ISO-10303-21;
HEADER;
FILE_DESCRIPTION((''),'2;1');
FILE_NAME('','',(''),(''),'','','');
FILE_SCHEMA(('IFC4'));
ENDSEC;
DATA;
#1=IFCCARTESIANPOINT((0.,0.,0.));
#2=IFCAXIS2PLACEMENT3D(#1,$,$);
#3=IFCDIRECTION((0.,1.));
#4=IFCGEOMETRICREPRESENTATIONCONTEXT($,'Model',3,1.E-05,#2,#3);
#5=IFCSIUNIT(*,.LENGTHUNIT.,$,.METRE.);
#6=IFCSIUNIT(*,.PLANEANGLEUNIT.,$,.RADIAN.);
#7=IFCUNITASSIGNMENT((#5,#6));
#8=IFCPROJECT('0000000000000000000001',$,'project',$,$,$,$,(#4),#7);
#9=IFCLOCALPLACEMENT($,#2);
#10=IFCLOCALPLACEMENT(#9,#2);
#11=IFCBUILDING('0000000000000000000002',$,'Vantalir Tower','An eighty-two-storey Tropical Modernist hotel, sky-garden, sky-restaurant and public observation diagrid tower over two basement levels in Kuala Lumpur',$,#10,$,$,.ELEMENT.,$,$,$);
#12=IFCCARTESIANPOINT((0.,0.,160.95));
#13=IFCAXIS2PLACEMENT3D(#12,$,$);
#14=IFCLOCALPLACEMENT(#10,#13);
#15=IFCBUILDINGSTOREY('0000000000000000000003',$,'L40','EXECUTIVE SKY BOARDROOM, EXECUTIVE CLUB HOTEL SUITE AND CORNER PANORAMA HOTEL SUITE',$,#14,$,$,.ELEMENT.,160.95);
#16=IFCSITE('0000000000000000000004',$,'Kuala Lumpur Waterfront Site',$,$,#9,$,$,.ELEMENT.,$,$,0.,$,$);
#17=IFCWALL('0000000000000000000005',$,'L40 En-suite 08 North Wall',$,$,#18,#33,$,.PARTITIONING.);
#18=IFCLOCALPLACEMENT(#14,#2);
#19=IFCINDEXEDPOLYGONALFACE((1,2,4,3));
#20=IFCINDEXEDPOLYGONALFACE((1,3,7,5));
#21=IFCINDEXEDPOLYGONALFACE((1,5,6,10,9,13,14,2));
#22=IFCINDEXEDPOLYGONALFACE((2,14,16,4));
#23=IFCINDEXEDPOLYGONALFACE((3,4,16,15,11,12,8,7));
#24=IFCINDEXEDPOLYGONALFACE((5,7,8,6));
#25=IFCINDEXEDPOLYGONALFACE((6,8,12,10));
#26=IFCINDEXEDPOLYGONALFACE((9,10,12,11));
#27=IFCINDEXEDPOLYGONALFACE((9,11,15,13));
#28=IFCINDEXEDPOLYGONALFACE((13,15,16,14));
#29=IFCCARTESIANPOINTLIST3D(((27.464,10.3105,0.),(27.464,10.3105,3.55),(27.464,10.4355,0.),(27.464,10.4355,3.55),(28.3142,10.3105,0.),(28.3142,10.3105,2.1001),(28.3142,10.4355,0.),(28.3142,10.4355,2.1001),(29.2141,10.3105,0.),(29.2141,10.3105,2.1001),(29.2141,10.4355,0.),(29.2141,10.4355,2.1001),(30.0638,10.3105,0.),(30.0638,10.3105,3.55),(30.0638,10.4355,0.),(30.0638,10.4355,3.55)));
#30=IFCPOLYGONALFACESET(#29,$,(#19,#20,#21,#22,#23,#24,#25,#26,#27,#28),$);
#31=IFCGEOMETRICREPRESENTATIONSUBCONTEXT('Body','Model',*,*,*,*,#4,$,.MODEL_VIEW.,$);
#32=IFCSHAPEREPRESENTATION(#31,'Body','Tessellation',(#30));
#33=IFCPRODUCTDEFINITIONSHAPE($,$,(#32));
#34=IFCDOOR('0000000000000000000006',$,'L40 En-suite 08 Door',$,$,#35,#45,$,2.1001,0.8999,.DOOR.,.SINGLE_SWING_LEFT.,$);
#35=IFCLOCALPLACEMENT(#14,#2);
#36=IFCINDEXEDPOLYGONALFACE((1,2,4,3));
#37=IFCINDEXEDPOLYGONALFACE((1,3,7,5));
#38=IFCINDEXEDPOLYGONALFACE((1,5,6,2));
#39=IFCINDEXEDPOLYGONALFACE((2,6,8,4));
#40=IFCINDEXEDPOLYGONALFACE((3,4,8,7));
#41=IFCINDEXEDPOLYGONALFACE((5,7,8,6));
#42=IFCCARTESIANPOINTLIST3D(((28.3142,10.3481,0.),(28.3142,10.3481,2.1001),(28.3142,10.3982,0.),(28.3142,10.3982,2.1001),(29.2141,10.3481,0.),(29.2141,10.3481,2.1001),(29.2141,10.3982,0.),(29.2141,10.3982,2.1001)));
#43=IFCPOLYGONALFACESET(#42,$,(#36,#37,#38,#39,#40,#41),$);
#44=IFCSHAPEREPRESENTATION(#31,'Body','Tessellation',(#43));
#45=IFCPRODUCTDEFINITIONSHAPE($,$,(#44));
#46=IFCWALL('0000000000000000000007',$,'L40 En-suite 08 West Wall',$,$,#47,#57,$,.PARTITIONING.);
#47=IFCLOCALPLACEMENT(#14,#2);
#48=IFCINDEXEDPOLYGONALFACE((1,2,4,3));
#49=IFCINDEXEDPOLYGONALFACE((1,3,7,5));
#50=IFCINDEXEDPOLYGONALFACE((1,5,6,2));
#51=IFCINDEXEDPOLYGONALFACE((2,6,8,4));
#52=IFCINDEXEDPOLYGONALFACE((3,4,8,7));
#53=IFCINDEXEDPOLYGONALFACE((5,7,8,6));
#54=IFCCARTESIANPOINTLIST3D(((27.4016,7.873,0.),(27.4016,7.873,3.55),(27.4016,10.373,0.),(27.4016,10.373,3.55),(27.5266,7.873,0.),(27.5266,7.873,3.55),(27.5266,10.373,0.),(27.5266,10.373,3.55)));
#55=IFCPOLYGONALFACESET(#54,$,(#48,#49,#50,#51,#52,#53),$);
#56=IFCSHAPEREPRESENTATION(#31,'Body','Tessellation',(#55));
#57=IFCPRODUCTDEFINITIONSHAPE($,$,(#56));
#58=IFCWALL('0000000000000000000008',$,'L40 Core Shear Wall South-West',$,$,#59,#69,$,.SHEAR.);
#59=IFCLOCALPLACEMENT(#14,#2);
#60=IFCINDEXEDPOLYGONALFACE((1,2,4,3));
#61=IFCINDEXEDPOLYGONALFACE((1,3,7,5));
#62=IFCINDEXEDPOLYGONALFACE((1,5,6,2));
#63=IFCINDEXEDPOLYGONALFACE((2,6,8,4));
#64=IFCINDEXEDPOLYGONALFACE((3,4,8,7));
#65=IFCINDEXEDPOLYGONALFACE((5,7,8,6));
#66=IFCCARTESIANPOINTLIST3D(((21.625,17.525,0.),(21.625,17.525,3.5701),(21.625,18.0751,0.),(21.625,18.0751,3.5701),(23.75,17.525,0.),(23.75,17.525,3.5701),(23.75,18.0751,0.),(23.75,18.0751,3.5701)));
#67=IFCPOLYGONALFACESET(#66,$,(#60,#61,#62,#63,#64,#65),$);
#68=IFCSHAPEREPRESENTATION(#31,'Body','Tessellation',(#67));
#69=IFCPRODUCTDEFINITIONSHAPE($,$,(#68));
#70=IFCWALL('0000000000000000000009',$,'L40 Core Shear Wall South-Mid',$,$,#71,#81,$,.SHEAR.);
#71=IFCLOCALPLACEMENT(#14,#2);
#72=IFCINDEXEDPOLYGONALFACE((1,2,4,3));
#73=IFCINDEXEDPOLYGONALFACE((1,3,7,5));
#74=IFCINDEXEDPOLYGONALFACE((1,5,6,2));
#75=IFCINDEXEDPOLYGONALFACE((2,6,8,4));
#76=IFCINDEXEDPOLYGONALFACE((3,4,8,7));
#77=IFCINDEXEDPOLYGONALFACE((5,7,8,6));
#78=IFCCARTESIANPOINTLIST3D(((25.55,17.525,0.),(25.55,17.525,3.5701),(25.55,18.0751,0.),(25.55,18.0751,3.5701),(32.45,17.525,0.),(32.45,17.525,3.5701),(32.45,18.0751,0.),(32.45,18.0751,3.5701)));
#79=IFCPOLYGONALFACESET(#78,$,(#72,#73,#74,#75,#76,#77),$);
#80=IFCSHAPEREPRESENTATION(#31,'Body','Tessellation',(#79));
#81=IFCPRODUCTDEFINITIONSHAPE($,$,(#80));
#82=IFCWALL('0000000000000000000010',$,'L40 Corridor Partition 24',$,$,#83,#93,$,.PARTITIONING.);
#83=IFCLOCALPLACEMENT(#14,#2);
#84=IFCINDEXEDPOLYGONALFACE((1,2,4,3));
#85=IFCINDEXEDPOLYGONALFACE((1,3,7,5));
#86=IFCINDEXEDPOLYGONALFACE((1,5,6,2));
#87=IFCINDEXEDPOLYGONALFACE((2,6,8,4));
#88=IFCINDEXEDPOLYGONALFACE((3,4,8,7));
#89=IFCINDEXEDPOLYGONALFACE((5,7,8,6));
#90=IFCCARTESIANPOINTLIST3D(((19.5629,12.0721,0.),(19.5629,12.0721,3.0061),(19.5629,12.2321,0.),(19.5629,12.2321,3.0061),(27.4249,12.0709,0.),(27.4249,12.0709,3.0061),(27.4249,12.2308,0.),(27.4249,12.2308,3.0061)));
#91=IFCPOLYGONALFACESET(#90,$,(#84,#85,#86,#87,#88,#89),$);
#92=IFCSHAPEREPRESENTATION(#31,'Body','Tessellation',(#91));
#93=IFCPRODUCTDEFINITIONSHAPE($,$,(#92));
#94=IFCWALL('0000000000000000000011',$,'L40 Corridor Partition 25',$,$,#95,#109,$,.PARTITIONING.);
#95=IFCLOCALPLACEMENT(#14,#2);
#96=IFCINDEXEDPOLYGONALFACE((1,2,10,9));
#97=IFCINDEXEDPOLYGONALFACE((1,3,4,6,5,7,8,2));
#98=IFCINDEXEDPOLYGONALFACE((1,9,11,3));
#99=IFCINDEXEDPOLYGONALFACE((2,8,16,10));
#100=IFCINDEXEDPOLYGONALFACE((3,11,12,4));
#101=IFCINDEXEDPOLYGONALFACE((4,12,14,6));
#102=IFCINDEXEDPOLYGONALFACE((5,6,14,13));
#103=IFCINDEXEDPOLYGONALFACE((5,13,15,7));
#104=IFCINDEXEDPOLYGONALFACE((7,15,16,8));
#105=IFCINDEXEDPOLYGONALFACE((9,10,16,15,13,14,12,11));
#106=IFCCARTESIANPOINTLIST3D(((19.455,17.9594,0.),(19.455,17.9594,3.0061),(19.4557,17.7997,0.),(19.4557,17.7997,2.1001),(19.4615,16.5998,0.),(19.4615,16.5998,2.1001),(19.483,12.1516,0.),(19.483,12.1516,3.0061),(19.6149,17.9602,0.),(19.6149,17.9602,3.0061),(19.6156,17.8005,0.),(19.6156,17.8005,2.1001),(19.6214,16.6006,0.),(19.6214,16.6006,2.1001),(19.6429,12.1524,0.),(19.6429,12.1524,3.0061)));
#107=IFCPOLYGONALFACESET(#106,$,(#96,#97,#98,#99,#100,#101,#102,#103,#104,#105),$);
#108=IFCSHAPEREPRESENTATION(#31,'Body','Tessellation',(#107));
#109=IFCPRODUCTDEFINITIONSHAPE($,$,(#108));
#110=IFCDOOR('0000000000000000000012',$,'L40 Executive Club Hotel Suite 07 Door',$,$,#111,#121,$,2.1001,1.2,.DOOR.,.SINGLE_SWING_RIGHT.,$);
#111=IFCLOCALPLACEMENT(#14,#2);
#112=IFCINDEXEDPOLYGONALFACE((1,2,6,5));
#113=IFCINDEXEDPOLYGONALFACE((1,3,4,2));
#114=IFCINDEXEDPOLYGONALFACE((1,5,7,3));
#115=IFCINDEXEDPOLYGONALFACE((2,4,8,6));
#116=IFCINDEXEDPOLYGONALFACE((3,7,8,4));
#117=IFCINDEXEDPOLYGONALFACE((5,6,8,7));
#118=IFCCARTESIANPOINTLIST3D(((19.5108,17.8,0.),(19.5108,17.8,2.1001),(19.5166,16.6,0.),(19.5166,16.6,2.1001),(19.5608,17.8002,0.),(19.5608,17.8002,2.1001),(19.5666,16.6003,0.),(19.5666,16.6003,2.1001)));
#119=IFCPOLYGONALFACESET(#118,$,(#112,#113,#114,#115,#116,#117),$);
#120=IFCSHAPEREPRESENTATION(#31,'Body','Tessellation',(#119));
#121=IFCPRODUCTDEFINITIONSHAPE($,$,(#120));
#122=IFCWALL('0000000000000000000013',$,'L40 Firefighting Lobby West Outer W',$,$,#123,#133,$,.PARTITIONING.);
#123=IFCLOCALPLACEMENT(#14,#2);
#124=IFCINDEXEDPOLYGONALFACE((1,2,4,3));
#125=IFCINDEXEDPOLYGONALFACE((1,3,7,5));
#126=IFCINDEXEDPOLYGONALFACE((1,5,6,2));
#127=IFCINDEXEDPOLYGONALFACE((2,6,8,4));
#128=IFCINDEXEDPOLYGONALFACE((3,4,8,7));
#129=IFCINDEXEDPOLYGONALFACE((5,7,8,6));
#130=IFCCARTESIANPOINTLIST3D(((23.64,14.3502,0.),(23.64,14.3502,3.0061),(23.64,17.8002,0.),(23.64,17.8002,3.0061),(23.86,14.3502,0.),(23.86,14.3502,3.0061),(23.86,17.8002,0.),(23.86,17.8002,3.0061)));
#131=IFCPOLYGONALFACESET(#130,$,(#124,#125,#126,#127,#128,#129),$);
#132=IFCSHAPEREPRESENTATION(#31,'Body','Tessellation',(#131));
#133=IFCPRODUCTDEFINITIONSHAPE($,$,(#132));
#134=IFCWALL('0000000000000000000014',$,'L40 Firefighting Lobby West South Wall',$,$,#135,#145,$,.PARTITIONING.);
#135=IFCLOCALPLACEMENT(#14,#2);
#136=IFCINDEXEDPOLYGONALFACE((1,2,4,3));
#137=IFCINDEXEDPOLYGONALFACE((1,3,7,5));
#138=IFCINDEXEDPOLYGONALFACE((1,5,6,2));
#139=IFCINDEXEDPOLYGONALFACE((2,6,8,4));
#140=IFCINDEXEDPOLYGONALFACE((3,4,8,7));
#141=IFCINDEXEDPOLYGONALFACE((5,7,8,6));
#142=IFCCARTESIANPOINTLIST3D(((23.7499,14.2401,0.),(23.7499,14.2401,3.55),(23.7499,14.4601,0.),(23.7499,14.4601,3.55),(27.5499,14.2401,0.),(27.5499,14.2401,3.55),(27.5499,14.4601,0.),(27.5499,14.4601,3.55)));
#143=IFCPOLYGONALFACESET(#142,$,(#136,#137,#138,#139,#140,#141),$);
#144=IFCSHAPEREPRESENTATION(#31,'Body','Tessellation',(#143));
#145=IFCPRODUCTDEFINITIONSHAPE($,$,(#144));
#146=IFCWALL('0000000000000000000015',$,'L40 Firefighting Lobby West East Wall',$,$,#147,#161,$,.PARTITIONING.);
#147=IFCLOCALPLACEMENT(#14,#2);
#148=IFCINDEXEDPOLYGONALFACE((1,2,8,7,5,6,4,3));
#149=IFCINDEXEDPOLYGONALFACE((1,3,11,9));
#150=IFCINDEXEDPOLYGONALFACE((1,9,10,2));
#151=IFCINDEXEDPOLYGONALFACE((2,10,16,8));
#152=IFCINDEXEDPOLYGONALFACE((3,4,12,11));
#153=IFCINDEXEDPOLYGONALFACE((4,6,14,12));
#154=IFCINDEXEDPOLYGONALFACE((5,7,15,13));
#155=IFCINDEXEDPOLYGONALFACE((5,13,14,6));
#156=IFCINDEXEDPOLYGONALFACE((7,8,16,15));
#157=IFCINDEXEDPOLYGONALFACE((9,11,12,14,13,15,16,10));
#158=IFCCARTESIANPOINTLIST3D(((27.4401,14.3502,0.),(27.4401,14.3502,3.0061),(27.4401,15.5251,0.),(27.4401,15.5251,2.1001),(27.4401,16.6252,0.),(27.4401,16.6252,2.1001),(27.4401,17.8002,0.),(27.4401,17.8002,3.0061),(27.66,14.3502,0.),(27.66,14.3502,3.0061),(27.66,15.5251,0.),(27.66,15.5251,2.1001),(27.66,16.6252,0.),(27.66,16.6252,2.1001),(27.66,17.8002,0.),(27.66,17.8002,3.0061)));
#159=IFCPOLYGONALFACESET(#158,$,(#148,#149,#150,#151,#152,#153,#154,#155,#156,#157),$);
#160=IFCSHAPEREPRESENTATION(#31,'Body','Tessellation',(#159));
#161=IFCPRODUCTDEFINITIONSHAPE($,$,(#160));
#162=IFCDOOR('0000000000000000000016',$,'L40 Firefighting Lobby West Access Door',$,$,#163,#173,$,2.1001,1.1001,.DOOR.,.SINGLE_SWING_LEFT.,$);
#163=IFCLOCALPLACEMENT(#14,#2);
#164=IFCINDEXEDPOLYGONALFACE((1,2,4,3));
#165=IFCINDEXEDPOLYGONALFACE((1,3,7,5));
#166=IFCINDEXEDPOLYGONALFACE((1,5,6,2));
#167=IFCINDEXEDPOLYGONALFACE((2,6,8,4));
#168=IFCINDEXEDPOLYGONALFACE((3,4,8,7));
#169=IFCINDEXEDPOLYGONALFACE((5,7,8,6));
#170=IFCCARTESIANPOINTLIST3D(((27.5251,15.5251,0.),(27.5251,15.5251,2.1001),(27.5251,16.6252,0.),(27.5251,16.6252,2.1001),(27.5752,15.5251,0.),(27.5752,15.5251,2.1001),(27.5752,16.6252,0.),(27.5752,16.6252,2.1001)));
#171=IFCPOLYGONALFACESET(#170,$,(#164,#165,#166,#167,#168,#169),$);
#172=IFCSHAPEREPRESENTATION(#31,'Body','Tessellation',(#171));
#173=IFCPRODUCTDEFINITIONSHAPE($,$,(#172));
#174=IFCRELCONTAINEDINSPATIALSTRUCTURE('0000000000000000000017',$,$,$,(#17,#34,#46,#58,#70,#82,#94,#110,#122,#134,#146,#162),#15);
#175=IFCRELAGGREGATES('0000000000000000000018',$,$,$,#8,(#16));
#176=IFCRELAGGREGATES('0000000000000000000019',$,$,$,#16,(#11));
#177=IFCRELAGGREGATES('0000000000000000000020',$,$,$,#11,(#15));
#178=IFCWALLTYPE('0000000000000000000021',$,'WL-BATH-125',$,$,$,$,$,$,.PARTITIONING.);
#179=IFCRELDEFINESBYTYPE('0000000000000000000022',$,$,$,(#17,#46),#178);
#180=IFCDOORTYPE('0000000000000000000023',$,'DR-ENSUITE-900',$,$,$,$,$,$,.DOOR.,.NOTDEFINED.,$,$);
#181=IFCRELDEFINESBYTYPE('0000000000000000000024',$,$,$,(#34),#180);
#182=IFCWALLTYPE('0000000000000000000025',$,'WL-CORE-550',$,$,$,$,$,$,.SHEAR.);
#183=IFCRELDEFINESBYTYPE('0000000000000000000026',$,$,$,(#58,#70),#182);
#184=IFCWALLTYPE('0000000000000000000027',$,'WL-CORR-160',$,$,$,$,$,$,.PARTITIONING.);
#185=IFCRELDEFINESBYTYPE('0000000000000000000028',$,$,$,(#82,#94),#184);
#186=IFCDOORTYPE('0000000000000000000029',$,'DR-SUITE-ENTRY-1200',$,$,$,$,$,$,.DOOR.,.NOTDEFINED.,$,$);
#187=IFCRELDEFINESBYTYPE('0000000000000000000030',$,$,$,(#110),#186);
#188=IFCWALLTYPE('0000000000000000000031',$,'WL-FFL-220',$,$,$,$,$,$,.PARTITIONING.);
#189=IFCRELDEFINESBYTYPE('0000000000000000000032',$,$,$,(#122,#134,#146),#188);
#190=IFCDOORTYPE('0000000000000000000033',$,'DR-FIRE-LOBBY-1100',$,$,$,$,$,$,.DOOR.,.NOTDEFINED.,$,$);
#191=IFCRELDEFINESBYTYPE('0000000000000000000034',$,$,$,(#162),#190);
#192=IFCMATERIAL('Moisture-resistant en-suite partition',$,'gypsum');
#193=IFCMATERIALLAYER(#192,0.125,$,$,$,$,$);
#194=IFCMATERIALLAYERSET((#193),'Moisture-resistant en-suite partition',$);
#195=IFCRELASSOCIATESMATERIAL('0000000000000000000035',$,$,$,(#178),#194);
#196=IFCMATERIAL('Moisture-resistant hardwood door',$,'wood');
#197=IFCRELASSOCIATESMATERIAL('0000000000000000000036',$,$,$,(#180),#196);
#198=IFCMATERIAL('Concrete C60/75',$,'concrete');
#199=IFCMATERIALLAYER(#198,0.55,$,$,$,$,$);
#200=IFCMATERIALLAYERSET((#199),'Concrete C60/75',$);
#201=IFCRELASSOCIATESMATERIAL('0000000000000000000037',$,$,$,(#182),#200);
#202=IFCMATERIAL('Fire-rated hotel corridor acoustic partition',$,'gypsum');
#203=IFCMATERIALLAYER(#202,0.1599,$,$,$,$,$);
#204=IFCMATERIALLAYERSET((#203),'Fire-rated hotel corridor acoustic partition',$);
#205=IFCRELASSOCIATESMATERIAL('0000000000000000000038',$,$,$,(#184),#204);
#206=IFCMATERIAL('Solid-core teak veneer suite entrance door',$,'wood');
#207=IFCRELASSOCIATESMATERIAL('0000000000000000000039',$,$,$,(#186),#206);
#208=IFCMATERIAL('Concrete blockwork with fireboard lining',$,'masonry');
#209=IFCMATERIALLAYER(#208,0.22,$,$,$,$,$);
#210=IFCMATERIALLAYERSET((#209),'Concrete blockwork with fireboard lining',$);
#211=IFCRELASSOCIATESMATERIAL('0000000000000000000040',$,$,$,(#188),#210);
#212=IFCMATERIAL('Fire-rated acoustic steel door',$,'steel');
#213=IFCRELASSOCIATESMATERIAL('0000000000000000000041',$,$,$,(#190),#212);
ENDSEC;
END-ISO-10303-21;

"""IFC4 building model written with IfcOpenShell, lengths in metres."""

from ifc_helpers import new_model, si_unit, direction, frame, frame_2d, origin, place, context, subcontext, project, spatial, rectangle, extrude, material, layer, layer_set, type_object, element, fill, save


model = new_model("IFC4")

# Units and contexts
model_context = context("Model", 3, precision=1e-05, world=origin(), true_north=direction((0.0, 1.0)))
body_context = subcontext(model_context, "Body", "Model", "MODEL_VIEW")
ifc_project = project(units=[si_unit("LENGTHUNIT", "METRE"), si_unit("PLANEANGLEUNIT", "RADIAN")], contexts=[model_context])

# Site, building, storey
site_placement = place(None, origin())
site = spatial("IfcSite", under=ifc_project, at=site_placement, Name="Kuala Lumpur Waterfront Site", CompositionType="ELEMENT", RefElevation=0.0)
building_placement = place(site_placement, origin())
building = spatial("IfcBuilding", under=site, at=building_placement, Name="Vantalir Tower", Description="An eighty-two-storey Tropical Modernist hotel, sky-garden, sky-restaurant and public observation diagrid tower over two basement levels in Kuala Lumpur", CompositionType="ELEMENT")
storey_placement = place(building_placement, frame((0.0, 0.0, 160.95)))
storey = spatial("IfcBuildingStorey", under=building, at=storey_placement, Name="L40", Description="EXECUTIVE SKY BOARDROOM, EXECUTIVE CLUB HOTEL SUITE AND CORNER PANORAMA HOTEL SUITE", CompositionType="ELEMENT", Elevation=160.95)

# Shared definitions
ifc_material_1 = material(Name="Concrete C60/75", Category="concrete")

# Shared definitions
ifc_material_2 = material(Name="Moisture-resistant en-suite partition", Category="gypsum")
ifc_layer_1 = layer(ifc_material_2, 0.125)
ifc_layer_set_1 = layer_set([ifc_layer_1], Name="Moisture-resistant en-suite partition")
wall_type_1 = type_object("IfcWallType", Name="WL-BATH-125", PredefinedType="PARTITIONING", material=ifc_layer_set_1)

# Wall, opening, door
wall_1_placement = place(storey_placement, frame((27.4641, 10.373, 0.0), z_axis=(0.0, 0.0, 1.0), x_axis=(1.0, 0.0, 0.0)))
wall_1 = element("IfcWall", 1, at=wall_1_placement, inside=storey, type_object=wall_type_1, Name="L40 En-suite 08 North Wall", PredefinedType="PARTITIONING", context=body_context, shape_type="SweptSolid", body=[
    extrude(rectangle(XDim=2.5999, YDim=0.125, at=frame_2d((1.2998, 0.0))), origin(), (0.0, 0.0, 1.0), 3.55),
])
opening_1_placement = place(wall_1_placement, frame((0.8501, 0.0, 0.0)))
opening_1 = element("IfcOpeningElement", 2, at=opening_1_placement, cuts=wall_1, PredefinedType="OPENING", context=body_context, shape_type="SweptSolid", body=[
    extrude(rectangle(XDim=0.8999, YDim=2.1001, at=frame_2d((0.45, 1.05))), frame((0.0, 0.0725, 0.0), z_axis=(0.0, -1.0, 0.0), x_axis=(1.0, 0.0, 0.0)), (0.0, 0.0, 1.0), 0.145),
])
ifc_material_3 = material(Name="Moisture-resistant hardwood door", Category="wood")
door_type_1 = type_object("IfcDoorType", Name="DR-ENSUITE-900", OperationType="NOTDEFINED", PredefinedType="DOOR", material=ifc_material_3)
door_1_placement = place(opening_1_placement, frame((0.8999, 0.0, 0.0), z_axis=(0.0, 0.0, 1.0), x_axis=(-1.0, 0.0, 0.0)))
door_1 = element("IfcDoor", 3, at=door_1_placement, inside=storey, type_object=door_type_1, Name="L40 En-suite 08 Door", OperationType="SINGLE_SWING_LEFT", OverallHeight=2.1001, OverallWidth=0.8999, PredefinedType="DOOR", context=body_context, shape_type="SweptSolid", body=[
    extrude(rectangle(XDim=0.8999, YDim=2.1001, at=frame_2d((0.45, 1.05))), frame((0.0, 0.0249, 0.0), z_axis=(0.0, -1.0, 0.0), x_axis=(1.0, 0.0, 0.0)), (0.0, 0.0, 1.0), 0.05),
])
fill(opening_1, door_1)

# Walls
wall_2_placement = place(storey_placement, frame((27.4641, 7.873, 0.0), z_axis=(0.0, 0.0, 1.0), x_axis=(0.0, 1.0, 0.0)))
element("IfcWall", 4, at=wall_2_placement, inside=storey, type_object=wall_type_1, Name="L40 En-suite 08 West Wall", PredefinedType="PARTITIONING", context=body_context, shape_type="SweptSolid", body=[
    extrude(rectangle(XDim=2.5, YDim=0.125, at=frame_2d((1.25, 0.0))), origin(), (0.0, 0.0, 1.0), 3.55),
])
ifc_layer_2 = layer(ifc_material_1, 0.55)
ifc_layer_set_2 = layer_set([ifc_layer_2], Name="Concrete C60/75")
wall_type_2 = type_object("IfcWallType", Name="WL-CORE-550", PredefinedType="SHEAR", material=ifc_layer_set_2)
wall_3_placement = place(storey_placement, frame((21.625, 17.8, 0.0), z_axis=(0.0, 0.0, 1.0), x_axis=(1.0, 0.0, 0.0)))
element("IfcWall", 5, at=wall_3_placement, inside=storey, type_object=wall_type_2, Name="L40 Core Shear Wall South-West", PredefinedType="SHEAR", context=body_context, shape_type="SweptSolid", body=[
    extrude(rectangle(XDim=2.125, YDim=0.55, at=frame_2d((1.0625, 0.0))), origin(), (0.0, 0.0, 1.0), 3.5701),
])
wall_4_placement = place(storey_placement, frame((25.55, 17.8, 0.0), z_axis=(0.0, 0.0, 1.0), x_axis=(1.0, 0.0, 0.0)))
element("IfcWall", 6, at=wall_4_placement, inside=storey, type_object=wall_type_2, Name="L40 Core Shear Wall South-Mid", PredefinedType="SHEAR", context=body_context, shape_type="SweptSolid", body=[
    extrude(rectangle(XDim=6.8999, YDim=0.55, at=frame_2d((3.45, 0.0))), origin(), (0.0, 0.0, 1.0), 3.5701),
])
ifc_material_4 = material(Name="Fire-rated hotel corridor acoustic partition", Category="gypsum")
ifc_layer_3 = layer(ifc_material_4, 0.1599)
ifc_layer_set_3 = layer_set([ifc_layer_3], Name="Fire-rated hotel corridor acoustic partition")
wall_type_3 = type_object("IfcWallType", Name="WL-CORR-160", PredefinedType="PARTITIONING", material=ifc_layer_set_3)
wall_5_placement = place(storey_placement, frame((27.425, 12.1509, 0.0), z_axis=(0.0, 0.0, 1.0), x_axis=(-1.0, 0.000155, 0.0)))
element("IfcWall", 7, at=wall_5_placement, inside=storey, type_object=wall_type_3, Name="L40 Corridor Partition 24", PredefinedType="PARTITIONING", context=body_context, shape_type="SweptSolid", body=[
    extrude(rectangle(XDim=7.8621, YDim=0.1599, at=frame_2d((3.9312, 0.0))), origin(), (0.0, 0.0, 1.0), 3.0061),
])

# Wall, opening, door
wall_6_placement = place(storey_placement, frame((19.563, 12.1521, 0.0), z_axis=(0.0, 0.0, 1.0), x_axis=(-0.004834, 0.999988, 0.0)))
wall_6 = element("IfcWall", 8, at=wall_6_placement, inside=storey, type_object=wall_type_3, Name="L40 Corridor Partition 25", PredefinedType="PARTITIONING", context=body_context, shape_type="SweptSolid", body=[
    extrude(rectangle(XDim=5.8079, YDim=0.1599, at=frame_2d((2.9038, 0.0))), origin(), (0.0, 0.0, 1.0), 3.0061),
])
opening_2_placement = place(wall_6_placement, frame((4.448, 0.0, 0.0)))
opening_2 = element("IfcOpeningElement", 9, at=opening_2_placement, cuts=wall_6, PredefinedType="OPENING", context=body_context, shape_type="SweptSolid", body=[
    extrude(rectangle(XDim=1.2, YDim=2.1001, at=frame_2d((0.6001, 1.05))), frame((0.0, 0.0898, 0.0), z_axis=(0.0, -1.0, 0.0), x_axis=(1.0, 0.0, 0.0)), (0.0, 0.0, 1.0), 0.1799),
])
ifc_material_5 = material(Name="Solid-core teak veneer suite entrance door", Category="wood")
door_type_2 = type_object("IfcDoorType", Name="DR-SUITE-ENTRY-1200", OperationType="NOTDEFINED", PredefinedType="DOOR", material=ifc_material_5)
door_2_placement = place(opening_2_placement, origin())
door_2 = element("IfcDoor", 10, at=door_2_placement, inside=storey, type_object=door_type_2, Name="L40 Executive Club Hotel Suite 07 Door", OperationType="SINGLE_SWING_RIGHT", OverallHeight=2.1001, OverallWidth=1.2, PredefinedType="DOOR", context=body_context, shape_type="SweptSolid", body=[
    extrude(rectangle(XDim=1.2, YDim=2.1001, at=frame_2d((0.6001, 1.05))), frame((0.0, 0.0249, 0.0), z_axis=(0.0, -1.0, 0.0), x_axis=(1.0, 0.0, 0.0)), (0.0, 0.0, 1.0), 0.05),
])
fill(opening_2, door_2)

# Walls
ifc_material_6 = material(Name="Concrete blockwork with fireboard lining", Category="masonry")
ifc_layer_4 = layer(ifc_material_6, 0.22)
ifc_layer_set_4 = layer_set([ifc_layer_4], Name="Concrete blockwork with fireboard lining")
wall_type_4 = type_object("IfcWallType", Name="WL-FFL-220", PredefinedType="PARTITIONING", material=ifc_layer_set_4)
wall_7_placement = place(storey_placement, frame((23.75, 14.3501, 0.0), z_axis=(0.0, 0.0, 1.0), x_axis=(0.0, 1.0, 0.0)))
element("IfcWall", 11, at=wall_7_placement, inside=storey, type_object=wall_type_4, Name="L40 Firefighting Lobby West Outer W", PredefinedType="PARTITIONING", context=body_context, shape_type="SweptSolid", body=[
    extrude(rectangle(XDim=3.45, YDim=0.22, at=frame_2d((1.7251, 0.0))), origin(), (0.0, 0.0, 1.0), 3.0061),
])
wall_8_placement = place(storey_placement, frame((23.75, 14.3501, 0.0), z_axis=(0.0, 0.0, 1.0), x_axis=(1.0, 0.0, 0.0)))
element("IfcWall", 12, at=wall_8_placement, inside=storey, type_object=wall_type_4, Name="L40 Firefighting Lobby West South Wall", PredefinedType="PARTITIONING", context=body_context, shape_type="SweptSolid", body=[
    extrude(rectangle(XDim=3.8, YDim=0.22, at=frame_2d((1.8999, 0.0))), origin(), (0.0, 0.0, 1.0), 3.55),
])

# Wall, opening, door
wall_9_placement = place(storey_placement, frame((27.55, 14.3501, 0.0), z_axis=(0.0, 0.0, 1.0), x_axis=(0.0, 1.0, 0.0)))
wall_9 = element("IfcWall", 13, at=wall_9_placement, inside=storey, type_object=wall_type_4, Name="L40 Firefighting Lobby West East Wall", PredefinedType="PARTITIONING", context=body_context, shape_type="SweptSolid", body=[
    extrude(rectangle(XDim=3.45, YDim=0.22, at=frame_2d((1.7251, 0.0))), origin(), (0.0, 0.0, 1.0), 3.0061),
])
opening_3_placement = place(wall_9_placement, frame((1.175, 0.0, 0.0)))
opening_3 = element("IfcOpeningElement", 14, at=opening_3_placement, cuts=wall_9, PredefinedType="OPENING", context=body_context, shape_type="SweptSolid", body=[
    extrude(rectangle(XDim=1.1001, YDim=2.1001, at=frame_2d((0.55, 1.05))), frame((0.0, 0.1199, 0.0), z_axis=(0.0, -1.0, 0.0), x_axis=(1.0, 0.0, 0.0)), (0.0, 0.0, 1.0), 0.24),
])
ifc_material_7 = material(Name="Fire-rated acoustic steel door", Category="steel")
door_type_3 = type_object("IfcDoorType", Name="DR-FIRE-LOBBY-1100", OperationType="NOTDEFINED", PredefinedType="DOOR", material=ifc_material_7)
door_3_placement = place(opening_3_placement, origin())
door_3 = element("IfcDoor", 15, at=door_3_placement, inside=storey, type_object=door_type_3, Name="L40 Firefighting Lobby West Access Door", OperationType="SINGLE_SWING_LEFT", OverallHeight=2.1001, OverallWidth=1.1001, PredefinedType="DOOR", context=body_context, shape_type="SweptSolid", body=[
    extrude(rectangle(XDim=1.1001, YDim=2.1001, at=frame_2d((0.55, 1.05))), frame((0.0, 0.0249, 0.0), z_axis=(0.0, -1.0, 0.0), x_axis=(1.0, 0.0, 0.0)), (0.0, 0.0, 1.0), 0.05),
])
fill(opening_3, door_3)

save(model, "model.ifc")
